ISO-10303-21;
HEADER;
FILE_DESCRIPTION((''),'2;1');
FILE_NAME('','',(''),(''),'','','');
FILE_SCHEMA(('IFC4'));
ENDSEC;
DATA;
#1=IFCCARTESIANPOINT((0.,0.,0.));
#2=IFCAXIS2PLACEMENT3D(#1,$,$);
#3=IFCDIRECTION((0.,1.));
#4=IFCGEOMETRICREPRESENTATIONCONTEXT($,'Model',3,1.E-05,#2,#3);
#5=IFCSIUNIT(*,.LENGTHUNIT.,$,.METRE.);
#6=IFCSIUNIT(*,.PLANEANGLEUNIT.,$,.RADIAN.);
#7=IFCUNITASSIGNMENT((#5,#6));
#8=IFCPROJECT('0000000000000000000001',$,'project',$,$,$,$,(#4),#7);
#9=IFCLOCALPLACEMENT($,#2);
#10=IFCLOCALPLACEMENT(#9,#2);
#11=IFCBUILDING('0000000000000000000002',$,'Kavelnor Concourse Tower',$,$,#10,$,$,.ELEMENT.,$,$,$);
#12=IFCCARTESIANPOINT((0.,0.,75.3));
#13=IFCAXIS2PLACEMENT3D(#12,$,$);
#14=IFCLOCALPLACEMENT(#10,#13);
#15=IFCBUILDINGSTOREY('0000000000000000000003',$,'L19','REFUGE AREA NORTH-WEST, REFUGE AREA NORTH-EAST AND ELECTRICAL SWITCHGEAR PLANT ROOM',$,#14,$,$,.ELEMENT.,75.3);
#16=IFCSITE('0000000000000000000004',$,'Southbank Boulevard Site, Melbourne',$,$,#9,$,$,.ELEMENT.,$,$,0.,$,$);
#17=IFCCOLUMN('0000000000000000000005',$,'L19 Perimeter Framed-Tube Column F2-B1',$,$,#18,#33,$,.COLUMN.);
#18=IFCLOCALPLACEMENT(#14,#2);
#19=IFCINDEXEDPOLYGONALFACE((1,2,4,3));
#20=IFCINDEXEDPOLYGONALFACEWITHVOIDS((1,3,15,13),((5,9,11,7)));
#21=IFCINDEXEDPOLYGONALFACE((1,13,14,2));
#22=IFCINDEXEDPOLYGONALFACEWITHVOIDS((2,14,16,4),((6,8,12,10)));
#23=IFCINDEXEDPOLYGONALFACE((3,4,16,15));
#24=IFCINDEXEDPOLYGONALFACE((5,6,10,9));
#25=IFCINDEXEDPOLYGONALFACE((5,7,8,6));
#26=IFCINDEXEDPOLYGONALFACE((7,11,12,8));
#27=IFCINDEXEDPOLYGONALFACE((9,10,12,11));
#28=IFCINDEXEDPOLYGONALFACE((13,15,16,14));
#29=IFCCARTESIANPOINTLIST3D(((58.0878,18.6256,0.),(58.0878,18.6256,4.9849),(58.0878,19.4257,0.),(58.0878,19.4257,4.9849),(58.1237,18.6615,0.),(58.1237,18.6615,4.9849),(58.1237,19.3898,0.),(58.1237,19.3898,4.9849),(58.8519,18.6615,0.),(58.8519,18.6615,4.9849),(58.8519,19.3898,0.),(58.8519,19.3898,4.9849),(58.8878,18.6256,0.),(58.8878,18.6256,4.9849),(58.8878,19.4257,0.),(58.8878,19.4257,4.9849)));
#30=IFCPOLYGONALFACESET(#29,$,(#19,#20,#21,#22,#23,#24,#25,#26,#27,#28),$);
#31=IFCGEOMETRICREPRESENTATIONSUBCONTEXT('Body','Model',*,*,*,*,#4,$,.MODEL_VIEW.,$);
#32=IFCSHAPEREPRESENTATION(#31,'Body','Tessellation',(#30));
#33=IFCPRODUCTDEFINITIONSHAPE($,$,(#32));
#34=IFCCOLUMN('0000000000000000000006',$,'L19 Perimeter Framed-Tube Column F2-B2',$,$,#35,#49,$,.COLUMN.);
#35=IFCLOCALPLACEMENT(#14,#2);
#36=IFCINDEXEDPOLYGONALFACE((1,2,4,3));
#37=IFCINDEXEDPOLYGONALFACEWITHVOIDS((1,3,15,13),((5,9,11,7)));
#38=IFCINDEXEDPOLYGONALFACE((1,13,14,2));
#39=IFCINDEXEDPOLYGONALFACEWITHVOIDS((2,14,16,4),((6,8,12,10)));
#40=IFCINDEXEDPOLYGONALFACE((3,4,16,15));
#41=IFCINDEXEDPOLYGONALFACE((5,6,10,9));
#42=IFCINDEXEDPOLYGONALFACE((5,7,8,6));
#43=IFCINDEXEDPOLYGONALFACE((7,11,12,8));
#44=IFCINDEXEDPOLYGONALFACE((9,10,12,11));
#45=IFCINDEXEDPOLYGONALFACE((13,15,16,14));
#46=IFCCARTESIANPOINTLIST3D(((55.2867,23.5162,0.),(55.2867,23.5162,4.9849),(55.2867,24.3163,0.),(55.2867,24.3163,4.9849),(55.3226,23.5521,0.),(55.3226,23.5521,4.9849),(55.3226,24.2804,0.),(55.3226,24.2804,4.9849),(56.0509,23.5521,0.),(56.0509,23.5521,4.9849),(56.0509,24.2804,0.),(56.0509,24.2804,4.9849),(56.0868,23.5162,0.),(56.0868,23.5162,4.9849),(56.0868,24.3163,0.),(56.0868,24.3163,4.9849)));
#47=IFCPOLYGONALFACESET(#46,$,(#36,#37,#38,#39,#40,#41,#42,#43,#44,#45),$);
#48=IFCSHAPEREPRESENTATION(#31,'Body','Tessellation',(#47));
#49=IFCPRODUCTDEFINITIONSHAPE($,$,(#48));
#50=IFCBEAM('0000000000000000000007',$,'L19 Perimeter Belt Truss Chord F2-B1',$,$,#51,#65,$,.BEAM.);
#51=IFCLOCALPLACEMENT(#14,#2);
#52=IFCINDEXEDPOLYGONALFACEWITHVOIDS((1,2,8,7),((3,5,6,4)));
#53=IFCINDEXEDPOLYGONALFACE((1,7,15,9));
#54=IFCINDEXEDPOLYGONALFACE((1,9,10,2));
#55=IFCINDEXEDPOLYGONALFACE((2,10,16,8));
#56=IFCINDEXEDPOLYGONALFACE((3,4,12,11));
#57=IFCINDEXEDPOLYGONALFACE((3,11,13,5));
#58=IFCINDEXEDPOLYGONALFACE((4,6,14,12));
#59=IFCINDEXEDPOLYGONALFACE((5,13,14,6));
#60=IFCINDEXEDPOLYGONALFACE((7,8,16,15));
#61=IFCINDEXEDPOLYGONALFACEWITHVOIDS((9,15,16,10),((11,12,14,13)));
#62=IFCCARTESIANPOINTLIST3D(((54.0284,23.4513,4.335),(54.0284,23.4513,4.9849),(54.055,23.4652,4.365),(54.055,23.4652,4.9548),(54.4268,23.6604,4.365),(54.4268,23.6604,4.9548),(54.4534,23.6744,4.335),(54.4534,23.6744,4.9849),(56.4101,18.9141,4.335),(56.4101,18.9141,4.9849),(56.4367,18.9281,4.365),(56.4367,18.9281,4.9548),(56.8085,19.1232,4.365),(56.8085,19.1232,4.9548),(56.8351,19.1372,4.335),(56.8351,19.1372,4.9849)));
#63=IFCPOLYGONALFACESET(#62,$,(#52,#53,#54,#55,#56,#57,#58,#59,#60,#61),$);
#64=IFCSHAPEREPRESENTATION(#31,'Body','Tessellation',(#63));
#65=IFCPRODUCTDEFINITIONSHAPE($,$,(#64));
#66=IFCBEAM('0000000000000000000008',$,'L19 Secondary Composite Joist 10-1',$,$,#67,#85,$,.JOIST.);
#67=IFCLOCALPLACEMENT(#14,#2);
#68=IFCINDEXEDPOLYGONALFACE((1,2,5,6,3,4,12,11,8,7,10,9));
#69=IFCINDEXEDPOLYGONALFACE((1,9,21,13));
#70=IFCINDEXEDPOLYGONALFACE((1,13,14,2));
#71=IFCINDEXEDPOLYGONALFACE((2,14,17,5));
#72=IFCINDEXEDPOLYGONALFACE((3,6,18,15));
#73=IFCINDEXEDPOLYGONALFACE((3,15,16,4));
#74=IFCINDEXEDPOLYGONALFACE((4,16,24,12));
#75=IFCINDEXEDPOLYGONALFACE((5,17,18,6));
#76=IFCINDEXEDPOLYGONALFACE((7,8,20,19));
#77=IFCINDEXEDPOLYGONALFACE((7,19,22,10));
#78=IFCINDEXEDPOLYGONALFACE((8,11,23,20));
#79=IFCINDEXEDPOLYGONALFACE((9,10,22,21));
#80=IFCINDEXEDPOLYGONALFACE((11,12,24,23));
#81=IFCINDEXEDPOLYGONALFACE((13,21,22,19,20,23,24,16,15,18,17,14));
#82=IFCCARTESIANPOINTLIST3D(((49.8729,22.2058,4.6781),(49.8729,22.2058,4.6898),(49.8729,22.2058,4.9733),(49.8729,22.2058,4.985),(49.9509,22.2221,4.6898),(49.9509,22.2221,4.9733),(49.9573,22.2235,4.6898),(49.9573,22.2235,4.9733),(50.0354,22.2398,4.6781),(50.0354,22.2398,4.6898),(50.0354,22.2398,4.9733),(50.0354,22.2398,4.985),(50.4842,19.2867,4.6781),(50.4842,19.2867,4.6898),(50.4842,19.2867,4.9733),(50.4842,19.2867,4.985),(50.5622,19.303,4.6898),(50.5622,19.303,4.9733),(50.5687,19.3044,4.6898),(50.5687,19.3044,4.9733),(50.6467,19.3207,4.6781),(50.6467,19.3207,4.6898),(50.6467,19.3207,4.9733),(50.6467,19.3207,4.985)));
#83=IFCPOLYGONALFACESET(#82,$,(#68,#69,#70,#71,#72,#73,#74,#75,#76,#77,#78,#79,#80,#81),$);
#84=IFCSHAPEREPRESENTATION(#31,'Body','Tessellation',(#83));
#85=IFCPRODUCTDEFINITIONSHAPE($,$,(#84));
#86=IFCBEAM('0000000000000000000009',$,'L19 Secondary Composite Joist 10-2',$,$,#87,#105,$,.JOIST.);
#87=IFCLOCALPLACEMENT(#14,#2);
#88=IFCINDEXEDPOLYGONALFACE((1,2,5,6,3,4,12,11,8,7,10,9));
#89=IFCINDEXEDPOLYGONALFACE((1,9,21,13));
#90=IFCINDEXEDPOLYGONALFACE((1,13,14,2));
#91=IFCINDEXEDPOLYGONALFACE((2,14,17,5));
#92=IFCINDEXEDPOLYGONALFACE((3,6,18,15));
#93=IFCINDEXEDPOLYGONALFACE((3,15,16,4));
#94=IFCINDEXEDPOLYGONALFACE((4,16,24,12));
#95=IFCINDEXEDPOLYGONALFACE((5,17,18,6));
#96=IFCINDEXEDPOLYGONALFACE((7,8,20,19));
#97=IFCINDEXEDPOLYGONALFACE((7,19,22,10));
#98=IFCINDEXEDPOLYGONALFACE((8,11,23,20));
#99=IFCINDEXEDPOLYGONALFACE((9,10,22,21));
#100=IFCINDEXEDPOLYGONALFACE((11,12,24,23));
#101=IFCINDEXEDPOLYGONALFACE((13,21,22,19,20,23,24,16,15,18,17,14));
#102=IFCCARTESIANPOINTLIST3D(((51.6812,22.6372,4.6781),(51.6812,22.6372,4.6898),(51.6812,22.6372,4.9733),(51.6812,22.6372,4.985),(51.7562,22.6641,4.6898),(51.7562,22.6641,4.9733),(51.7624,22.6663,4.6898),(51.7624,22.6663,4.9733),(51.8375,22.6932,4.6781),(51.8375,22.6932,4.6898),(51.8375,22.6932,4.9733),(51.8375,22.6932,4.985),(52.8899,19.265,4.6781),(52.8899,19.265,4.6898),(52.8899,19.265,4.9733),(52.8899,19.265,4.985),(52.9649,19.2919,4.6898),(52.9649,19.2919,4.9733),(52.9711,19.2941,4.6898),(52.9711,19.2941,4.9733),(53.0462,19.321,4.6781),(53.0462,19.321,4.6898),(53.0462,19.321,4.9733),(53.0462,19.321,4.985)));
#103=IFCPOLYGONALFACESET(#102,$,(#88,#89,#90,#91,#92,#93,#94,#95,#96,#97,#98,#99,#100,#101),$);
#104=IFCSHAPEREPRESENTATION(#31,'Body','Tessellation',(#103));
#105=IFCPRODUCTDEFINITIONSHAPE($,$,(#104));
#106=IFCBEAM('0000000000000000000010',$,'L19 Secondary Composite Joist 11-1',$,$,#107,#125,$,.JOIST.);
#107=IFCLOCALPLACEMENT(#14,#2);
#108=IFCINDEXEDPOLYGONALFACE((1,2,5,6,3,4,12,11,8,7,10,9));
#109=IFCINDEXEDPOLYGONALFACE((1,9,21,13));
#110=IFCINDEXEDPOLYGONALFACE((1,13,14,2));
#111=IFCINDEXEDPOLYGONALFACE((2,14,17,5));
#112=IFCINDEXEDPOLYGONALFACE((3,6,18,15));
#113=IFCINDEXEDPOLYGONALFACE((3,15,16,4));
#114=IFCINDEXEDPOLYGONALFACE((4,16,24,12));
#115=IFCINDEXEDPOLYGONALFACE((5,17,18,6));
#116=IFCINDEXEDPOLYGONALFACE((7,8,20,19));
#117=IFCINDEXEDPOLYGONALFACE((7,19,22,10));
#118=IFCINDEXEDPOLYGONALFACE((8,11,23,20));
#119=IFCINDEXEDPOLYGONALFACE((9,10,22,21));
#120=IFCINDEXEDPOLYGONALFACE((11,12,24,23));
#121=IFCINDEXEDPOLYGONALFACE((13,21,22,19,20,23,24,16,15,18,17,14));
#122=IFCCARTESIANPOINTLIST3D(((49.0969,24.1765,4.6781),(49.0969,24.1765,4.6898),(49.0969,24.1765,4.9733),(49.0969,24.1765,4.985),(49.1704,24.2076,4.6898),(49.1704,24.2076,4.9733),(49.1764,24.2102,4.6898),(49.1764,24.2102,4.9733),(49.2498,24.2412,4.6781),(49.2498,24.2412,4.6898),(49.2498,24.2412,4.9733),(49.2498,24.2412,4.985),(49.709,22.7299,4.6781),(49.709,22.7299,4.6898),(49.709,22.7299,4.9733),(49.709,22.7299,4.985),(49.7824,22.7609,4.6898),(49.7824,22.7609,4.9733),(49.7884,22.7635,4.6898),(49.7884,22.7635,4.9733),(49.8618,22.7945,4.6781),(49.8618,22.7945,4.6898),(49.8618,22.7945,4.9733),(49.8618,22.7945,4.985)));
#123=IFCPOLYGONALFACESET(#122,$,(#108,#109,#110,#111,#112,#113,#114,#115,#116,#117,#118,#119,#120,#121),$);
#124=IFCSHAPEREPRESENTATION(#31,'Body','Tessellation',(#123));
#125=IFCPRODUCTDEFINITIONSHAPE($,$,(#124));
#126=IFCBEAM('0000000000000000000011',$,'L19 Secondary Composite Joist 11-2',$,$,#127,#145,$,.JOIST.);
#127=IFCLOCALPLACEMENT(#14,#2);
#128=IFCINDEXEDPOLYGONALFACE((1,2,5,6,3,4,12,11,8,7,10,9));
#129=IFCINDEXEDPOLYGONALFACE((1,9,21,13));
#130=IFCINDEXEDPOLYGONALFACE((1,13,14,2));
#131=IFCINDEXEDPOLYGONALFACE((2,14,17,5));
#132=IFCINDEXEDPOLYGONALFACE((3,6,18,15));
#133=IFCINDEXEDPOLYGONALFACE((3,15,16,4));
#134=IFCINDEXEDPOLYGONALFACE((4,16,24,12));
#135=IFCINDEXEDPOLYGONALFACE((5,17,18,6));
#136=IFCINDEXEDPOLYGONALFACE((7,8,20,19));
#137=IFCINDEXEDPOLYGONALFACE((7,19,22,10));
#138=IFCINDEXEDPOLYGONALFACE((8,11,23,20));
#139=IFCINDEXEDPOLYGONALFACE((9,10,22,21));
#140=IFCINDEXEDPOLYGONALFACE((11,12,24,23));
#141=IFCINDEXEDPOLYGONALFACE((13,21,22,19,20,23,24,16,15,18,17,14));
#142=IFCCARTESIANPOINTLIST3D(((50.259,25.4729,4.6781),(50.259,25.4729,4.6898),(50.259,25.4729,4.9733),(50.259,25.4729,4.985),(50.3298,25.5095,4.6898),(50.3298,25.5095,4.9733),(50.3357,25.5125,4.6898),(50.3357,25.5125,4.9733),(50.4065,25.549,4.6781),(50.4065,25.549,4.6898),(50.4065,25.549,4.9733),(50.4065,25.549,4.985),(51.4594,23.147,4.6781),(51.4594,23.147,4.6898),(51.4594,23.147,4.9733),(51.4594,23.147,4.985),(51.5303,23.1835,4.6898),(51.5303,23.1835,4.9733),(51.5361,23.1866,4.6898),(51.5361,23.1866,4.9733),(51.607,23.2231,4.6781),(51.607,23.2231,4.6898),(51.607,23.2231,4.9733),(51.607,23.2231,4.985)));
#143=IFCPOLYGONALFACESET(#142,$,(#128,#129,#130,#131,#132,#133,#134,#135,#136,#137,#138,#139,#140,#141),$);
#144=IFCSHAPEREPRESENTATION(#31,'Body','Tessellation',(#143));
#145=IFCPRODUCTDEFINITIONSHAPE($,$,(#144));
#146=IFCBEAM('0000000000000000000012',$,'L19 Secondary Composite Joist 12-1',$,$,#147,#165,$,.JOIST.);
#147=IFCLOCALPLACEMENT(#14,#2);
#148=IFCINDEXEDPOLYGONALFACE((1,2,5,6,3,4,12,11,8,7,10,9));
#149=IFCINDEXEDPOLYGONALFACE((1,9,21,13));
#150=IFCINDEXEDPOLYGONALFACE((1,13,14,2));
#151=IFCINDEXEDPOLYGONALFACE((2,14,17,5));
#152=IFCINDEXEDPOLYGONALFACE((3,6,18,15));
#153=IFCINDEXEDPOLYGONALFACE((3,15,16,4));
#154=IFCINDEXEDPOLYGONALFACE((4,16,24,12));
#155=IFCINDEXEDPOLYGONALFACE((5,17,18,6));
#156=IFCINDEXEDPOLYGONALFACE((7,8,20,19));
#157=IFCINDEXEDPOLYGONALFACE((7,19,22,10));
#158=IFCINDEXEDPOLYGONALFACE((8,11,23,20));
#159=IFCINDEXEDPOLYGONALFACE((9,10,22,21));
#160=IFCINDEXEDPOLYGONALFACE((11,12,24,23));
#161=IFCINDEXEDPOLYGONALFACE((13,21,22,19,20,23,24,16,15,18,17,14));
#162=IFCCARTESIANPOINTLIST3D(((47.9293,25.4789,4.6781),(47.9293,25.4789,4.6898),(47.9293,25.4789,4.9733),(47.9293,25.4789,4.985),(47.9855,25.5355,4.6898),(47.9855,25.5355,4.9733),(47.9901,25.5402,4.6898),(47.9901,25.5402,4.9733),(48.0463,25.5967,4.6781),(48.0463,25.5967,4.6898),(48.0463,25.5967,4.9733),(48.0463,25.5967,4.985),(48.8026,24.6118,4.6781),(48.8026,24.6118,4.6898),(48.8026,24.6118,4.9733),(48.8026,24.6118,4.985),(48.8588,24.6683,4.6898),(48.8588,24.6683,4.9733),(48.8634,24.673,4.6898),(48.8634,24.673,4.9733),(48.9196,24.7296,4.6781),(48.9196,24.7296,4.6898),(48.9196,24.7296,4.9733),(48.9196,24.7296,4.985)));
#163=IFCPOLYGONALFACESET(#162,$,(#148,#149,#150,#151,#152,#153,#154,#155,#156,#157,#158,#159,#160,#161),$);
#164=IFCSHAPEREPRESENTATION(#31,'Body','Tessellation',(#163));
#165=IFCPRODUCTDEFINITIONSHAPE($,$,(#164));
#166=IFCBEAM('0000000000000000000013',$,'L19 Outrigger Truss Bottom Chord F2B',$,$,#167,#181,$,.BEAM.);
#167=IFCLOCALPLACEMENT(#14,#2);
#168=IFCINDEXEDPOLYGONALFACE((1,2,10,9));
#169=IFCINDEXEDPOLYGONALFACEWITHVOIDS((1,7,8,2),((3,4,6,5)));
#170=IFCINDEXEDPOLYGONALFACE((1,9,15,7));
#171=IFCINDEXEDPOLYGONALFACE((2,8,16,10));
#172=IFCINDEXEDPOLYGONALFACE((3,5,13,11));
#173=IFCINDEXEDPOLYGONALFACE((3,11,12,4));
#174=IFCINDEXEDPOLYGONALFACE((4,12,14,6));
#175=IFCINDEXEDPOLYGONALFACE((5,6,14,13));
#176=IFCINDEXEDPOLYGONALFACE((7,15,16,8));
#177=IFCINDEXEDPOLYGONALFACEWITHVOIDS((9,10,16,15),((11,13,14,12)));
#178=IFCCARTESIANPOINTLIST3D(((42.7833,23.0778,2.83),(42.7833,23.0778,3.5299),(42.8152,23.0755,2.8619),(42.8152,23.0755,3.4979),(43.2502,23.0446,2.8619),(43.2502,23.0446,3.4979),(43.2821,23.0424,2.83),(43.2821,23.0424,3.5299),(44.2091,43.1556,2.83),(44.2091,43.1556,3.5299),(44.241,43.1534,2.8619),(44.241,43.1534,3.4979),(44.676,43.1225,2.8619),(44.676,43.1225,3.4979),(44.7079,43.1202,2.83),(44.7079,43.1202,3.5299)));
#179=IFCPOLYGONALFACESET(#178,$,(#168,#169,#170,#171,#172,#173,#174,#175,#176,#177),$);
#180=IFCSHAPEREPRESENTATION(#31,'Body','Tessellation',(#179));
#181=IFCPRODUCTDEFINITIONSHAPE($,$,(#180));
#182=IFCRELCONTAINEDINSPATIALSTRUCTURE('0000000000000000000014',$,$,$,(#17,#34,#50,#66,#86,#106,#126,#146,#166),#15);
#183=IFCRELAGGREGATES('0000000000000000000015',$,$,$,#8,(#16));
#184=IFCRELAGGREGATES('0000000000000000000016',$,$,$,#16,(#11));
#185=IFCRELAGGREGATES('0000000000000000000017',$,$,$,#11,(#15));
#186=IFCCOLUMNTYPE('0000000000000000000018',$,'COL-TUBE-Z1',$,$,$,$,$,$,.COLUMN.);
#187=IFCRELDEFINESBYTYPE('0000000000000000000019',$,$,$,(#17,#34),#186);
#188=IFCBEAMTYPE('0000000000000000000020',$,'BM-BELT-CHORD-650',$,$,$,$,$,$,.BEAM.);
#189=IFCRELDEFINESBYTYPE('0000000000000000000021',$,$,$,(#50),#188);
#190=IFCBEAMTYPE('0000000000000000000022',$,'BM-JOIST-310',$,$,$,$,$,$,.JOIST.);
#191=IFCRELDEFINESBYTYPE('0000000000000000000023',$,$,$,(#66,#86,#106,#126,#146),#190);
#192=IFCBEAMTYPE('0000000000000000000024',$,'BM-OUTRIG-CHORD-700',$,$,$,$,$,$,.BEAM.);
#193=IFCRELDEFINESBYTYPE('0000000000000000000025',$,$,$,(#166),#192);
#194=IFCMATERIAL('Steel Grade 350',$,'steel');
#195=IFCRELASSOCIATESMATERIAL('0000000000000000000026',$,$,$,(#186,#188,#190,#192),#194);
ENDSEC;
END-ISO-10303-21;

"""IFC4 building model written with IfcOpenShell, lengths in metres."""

from ifc_helpers import new_model, si_unit, direction, frame, origin, origin_2d, place, context, subcontext, project, spatial, hollow_rectangle, i_section, extrude, material, material_profile, profile_set, type_object, element, save


model = new_model("IFC4")

# Units and contexts
model_context = context("Model", 3, precision=1e-05, world=origin(), true_north=direction((0.0, 1.0)))
body_context = subcontext(model_context, "Body", "Model", "MODEL_VIEW")
ifc_project = project(units=[si_unit("LENGTHUNIT", "METRE"), si_unit("PLANEANGLEUNIT", "RADIAN")], contexts=[model_context])

# Site, building, storey
site_placement = place(None, origin())
site = spatial("IfcSite", under=ifc_project, at=site_placement, Name="Southbank Boulevard Site, Melbourne", CompositionType="ELEMENT", RefElevation=0.0)
building_placement = place(site_placement, origin())
building = spatial("IfcBuilding", under=site, at=building_placement, Name="Kavelnor Concourse Tower", CompositionType="ELEMENT")
storey_placement = place(building_placement, frame((0.0, 0.0, 75.3)))
storey = spatial("IfcBuildingStorey", under=building, at=storey_placement, Name="L19", Description="REFUGE AREA NORTH-WEST, REFUGE AREA NORTH-EAST AND ELECTRICAL SWITCHGEAR PLANT ROOM", CompositionType="ELEMENT", Elevation=75.3)

# Columns
ifc_material_1 = material(Name="Steel Grade 350", Category="steel")
ifc_material_profile_1 = material_profile(ifc_material_1, hollow_rectangle(XDim=0.8, YDim=0.8, WallThickness=0.0359, at=origin_2d()), Name="SHS 800x800x36")
ifc_profile_set_1 = profile_set([ifc_material_profile_1], Name="Steel Grade 350")
column_type = type_object("IfcColumnType", Name="COL-TUBE-Z1", PredefinedType="COLUMN", material=ifc_profile_set_1)
for number, where, z_axis, x_axis, name in (
    (1, (58.4878, 19.0256, 0.0), (0.0, 0.0, 1.0), (1.0, 0.0, 0.0), "L19 Perimeter Framed-Tube Column F2-B1"),
    (2, (55.6868, 23.9163, 0.0), (0.0, 0.0, 1.0), (1.0, 0.0, 0.0), "L19 Perimeter Framed-Tube Column F2-B2"),
):
    element("IfcColumn", number, at=place(storey_placement, frame(where, z_axis=z_axis, x_axis=x_axis)), inside=storey, type_object=column_type, Name=name, PredefinedType="COLUMN", context=body_context, shape_type="SweptSolid", body=[
        extrude(hollow_rectangle(XDim=0.8, YDim=0.8, WallThickness=0.0359, at=origin_2d()), origin(), (0.0, 0.0, 1.0), 4.9849),
    ])

# Beams
ifc_material_profile_2 = material_profile(ifc_material_1, hollow_rectangle(XDim=0.48, YDim=0.6499, WallThickness=0.03, at=origin_2d()), Name="RHS 650x480x30")
ifc_profile_set_2 = profile_set([ifc_material_profile_2], Name="Steel Grade 350")
beam_type_1 = type_object("IfcBeamType", Name="BM-BELT-CHORD-650", PredefinedType="BEAM", material=ifc_profile_set_2)
beam_1_placement = place(storey_placement, frame((56.6226, 19.0256, 4.6599), z_axis=(-0.464774, 0.885429, 0.0), x_axis=(-0.885429, -0.464774, 0.0)))
element("IfcBeam", 3, at=beam_1_placement, inside=storey, type_object=beam_type_1, Name="L19 Perimeter Belt Truss Chord F2-B1", PredefinedType="BEAM", context=body_context, shape_type="SweptSolid", body=[
    extrude(hollow_rectangle(XDim=0.48, YDim=0.6499, WallThickness=0.03, at=origin_2d()), origin(), (0.0, 0.0, 1.0), 5.1243),
])
ifc_material_profile_3 = material_profile(ifc_material_1, i_section(OverallWidth=0.166, OverallDepth=0.3069, WebThickness=0.0066, FlangeThickness=0.0117, at=origin_2d()), Name="310UB46")
ifc_profile_set_3 = profile_set([ifc_material_profile_3], Name="Steel Grade 350")
beam_type_2 = type_object("IfcBeamType", Name="BM-JOIST-310", PredefinedType="JOIST", material=ifc_profile_set_3)
beam_2_placement = place(storey_placement, frame((50.5654, 19.3037, 4.8315), z_axis=(-0.204971, 0.978768, 0.0), x_axis=(-0.978768, -0.204971, 0.0)))
element("IfcBeam", 4, at=beam_2_placement, inside=storey, type_object=beam_type_2, Name="L19 Secondary Composite Joist 10-1", PredefinedType="JOIST", context=body_context, shape_type="SweptSolid", body=[
    extrude(i_section(OverallWidth=0.166, OverallDepth=0.3069, WebThickness=0.0066, FlangeThickness=0.0117, at=origin_2d()), origin(), (0.0, 0.0, 1.0), 2.9824),
])
beam_3_placement = place(storey_placement, frame((52.968, 19.293, 4.8315), z_axis=(-0.337411, 0.941357, 0.0), x_axis=(-0.941357, -0.337411, 0.0)))
element("IfcBeam", 5, at=beam_3_placement, inside=storey, type_object=beam_type_2, Name="L19 Secondary Composite Joist 10-2", PredefinedType="JOIST", context=body_context, shape_type="SweptSolid", body=[
    extrude(i_section(OverallWidth=0.166, OverallDepth=0.3069, WebThickness=0.0066, FlangeThickness=0.0117, at=origin_2d()), origin(), (0.0, 0.0, 1.0), 3.5823),
])
beam_4_placement = place(storey_placement, frame((49.7854, 22.7622, 4.8315), z_axis=(-0.38962, 0.920976, 0.0), x_axis=(-0.920976, -0.38962, 0.0)))
element("IfcBeam", 6, at=beam_4_placement, inside=storey, type_object=beam_type_2, Name="L19 Secondary Composite Joist 11-1", PredefinedType="JOIST", context=body_context, shape_type="SweptSolid", body=[
    extrude(i_section(OverallWidth=0.166, OverallDepth=0.3069, WebThickness=0.0066, FlangeThickness=0.0117, at=origin_2d()), origin(), (0.0, 0.0, 1.0), 1.5708),
])
beam_5_placement = place(storey_placement, frame((51.5332, 23.1851, 4.8315), z_axis=(-0.458631, 0.888627, 0.0), x_axis=(-0.888627, -0.458631, 0.0)))
element("IfcBeam", 7, at=beam_5_placement, inside=storey, type_object=beam_type_2, Name="L19 Secondary Composite Joist 11-2", PredefinedType="JOIST", context=body_context, shape_type="SweptSolid", body=[
    extrude(i_section(OverallWidth=0.166, OverallDepth=0.3069, WebThickness=0.0066, FlangeThickness=0.0117, at=origin_2d()), origin(), (0.0, 0.0, 1.0), 2.6174),
])
beam_6_placement = place(storey_placement, frame((48.8611, 24.6707, 4.8315), z_axis=(-0.709582, 0.704623, 0.0), x_axis=(-0.704623, -0.709582, 0.0)))
element("IfcBeam", 8, at=beam_6_placement, inside=storey, type_object=beam_type_2, Name="L19 Secondary Composite Joist 12-1", PredefinedType="JOIST", context=body_context, shape_type="SweptSolid", body=[
    extrude(i_section(OverallWidth=0.166, OverallDepth=0.3069, WebThickness=0.0066, FlangeThickness=0.0117, at=origin_2d()), origin(), (0.0, 0.0, 1.0), 1.2307),
])
ifc_material_profile_4 = material_profile(ifc_material_1, hollow_rectangle(XDim=0.5, YDim=0.7, WallThickness=0.032, at=origin_2d()), Name="RHS 700x500x32")
ifc_profile_set_4 = profile_set([ifc_material_profile_4], Name="Steel Grade 350")
beam_type_3 = type_object("IfcBeamType", Name="BM-OUTRIG-CHORD-700", PredefinedType="BEAM", material=ifc_profile_set_4)
for number, where, z_axis, x_axis, name in (
    (9, (43.0327, 23.0601, 3.1799), (0.070834, 0.997488, 0.0), (-0.997488, 0.070834, 0.0), "L19 Outrigger Truss Bottom Chord F2B"),
):
    element("IfcBeam", number, at=place(storey_placement, frame(where, z_axis=z_axis, x_axis=x_axis)), inside=storey, type_object=beam_type_3, Name=name, PredefinedType="BEAM", context=body_context, shape_type="SweptSolid", body=[
        extrude(hollow_rectangle(XDim=0.5, YDim=0.7, WallThickness=0.032, at=origin_2d()), origin(), (0.0, 0.0, 1.0), 20.1284),
    ])

save(model, "model.ifc")
